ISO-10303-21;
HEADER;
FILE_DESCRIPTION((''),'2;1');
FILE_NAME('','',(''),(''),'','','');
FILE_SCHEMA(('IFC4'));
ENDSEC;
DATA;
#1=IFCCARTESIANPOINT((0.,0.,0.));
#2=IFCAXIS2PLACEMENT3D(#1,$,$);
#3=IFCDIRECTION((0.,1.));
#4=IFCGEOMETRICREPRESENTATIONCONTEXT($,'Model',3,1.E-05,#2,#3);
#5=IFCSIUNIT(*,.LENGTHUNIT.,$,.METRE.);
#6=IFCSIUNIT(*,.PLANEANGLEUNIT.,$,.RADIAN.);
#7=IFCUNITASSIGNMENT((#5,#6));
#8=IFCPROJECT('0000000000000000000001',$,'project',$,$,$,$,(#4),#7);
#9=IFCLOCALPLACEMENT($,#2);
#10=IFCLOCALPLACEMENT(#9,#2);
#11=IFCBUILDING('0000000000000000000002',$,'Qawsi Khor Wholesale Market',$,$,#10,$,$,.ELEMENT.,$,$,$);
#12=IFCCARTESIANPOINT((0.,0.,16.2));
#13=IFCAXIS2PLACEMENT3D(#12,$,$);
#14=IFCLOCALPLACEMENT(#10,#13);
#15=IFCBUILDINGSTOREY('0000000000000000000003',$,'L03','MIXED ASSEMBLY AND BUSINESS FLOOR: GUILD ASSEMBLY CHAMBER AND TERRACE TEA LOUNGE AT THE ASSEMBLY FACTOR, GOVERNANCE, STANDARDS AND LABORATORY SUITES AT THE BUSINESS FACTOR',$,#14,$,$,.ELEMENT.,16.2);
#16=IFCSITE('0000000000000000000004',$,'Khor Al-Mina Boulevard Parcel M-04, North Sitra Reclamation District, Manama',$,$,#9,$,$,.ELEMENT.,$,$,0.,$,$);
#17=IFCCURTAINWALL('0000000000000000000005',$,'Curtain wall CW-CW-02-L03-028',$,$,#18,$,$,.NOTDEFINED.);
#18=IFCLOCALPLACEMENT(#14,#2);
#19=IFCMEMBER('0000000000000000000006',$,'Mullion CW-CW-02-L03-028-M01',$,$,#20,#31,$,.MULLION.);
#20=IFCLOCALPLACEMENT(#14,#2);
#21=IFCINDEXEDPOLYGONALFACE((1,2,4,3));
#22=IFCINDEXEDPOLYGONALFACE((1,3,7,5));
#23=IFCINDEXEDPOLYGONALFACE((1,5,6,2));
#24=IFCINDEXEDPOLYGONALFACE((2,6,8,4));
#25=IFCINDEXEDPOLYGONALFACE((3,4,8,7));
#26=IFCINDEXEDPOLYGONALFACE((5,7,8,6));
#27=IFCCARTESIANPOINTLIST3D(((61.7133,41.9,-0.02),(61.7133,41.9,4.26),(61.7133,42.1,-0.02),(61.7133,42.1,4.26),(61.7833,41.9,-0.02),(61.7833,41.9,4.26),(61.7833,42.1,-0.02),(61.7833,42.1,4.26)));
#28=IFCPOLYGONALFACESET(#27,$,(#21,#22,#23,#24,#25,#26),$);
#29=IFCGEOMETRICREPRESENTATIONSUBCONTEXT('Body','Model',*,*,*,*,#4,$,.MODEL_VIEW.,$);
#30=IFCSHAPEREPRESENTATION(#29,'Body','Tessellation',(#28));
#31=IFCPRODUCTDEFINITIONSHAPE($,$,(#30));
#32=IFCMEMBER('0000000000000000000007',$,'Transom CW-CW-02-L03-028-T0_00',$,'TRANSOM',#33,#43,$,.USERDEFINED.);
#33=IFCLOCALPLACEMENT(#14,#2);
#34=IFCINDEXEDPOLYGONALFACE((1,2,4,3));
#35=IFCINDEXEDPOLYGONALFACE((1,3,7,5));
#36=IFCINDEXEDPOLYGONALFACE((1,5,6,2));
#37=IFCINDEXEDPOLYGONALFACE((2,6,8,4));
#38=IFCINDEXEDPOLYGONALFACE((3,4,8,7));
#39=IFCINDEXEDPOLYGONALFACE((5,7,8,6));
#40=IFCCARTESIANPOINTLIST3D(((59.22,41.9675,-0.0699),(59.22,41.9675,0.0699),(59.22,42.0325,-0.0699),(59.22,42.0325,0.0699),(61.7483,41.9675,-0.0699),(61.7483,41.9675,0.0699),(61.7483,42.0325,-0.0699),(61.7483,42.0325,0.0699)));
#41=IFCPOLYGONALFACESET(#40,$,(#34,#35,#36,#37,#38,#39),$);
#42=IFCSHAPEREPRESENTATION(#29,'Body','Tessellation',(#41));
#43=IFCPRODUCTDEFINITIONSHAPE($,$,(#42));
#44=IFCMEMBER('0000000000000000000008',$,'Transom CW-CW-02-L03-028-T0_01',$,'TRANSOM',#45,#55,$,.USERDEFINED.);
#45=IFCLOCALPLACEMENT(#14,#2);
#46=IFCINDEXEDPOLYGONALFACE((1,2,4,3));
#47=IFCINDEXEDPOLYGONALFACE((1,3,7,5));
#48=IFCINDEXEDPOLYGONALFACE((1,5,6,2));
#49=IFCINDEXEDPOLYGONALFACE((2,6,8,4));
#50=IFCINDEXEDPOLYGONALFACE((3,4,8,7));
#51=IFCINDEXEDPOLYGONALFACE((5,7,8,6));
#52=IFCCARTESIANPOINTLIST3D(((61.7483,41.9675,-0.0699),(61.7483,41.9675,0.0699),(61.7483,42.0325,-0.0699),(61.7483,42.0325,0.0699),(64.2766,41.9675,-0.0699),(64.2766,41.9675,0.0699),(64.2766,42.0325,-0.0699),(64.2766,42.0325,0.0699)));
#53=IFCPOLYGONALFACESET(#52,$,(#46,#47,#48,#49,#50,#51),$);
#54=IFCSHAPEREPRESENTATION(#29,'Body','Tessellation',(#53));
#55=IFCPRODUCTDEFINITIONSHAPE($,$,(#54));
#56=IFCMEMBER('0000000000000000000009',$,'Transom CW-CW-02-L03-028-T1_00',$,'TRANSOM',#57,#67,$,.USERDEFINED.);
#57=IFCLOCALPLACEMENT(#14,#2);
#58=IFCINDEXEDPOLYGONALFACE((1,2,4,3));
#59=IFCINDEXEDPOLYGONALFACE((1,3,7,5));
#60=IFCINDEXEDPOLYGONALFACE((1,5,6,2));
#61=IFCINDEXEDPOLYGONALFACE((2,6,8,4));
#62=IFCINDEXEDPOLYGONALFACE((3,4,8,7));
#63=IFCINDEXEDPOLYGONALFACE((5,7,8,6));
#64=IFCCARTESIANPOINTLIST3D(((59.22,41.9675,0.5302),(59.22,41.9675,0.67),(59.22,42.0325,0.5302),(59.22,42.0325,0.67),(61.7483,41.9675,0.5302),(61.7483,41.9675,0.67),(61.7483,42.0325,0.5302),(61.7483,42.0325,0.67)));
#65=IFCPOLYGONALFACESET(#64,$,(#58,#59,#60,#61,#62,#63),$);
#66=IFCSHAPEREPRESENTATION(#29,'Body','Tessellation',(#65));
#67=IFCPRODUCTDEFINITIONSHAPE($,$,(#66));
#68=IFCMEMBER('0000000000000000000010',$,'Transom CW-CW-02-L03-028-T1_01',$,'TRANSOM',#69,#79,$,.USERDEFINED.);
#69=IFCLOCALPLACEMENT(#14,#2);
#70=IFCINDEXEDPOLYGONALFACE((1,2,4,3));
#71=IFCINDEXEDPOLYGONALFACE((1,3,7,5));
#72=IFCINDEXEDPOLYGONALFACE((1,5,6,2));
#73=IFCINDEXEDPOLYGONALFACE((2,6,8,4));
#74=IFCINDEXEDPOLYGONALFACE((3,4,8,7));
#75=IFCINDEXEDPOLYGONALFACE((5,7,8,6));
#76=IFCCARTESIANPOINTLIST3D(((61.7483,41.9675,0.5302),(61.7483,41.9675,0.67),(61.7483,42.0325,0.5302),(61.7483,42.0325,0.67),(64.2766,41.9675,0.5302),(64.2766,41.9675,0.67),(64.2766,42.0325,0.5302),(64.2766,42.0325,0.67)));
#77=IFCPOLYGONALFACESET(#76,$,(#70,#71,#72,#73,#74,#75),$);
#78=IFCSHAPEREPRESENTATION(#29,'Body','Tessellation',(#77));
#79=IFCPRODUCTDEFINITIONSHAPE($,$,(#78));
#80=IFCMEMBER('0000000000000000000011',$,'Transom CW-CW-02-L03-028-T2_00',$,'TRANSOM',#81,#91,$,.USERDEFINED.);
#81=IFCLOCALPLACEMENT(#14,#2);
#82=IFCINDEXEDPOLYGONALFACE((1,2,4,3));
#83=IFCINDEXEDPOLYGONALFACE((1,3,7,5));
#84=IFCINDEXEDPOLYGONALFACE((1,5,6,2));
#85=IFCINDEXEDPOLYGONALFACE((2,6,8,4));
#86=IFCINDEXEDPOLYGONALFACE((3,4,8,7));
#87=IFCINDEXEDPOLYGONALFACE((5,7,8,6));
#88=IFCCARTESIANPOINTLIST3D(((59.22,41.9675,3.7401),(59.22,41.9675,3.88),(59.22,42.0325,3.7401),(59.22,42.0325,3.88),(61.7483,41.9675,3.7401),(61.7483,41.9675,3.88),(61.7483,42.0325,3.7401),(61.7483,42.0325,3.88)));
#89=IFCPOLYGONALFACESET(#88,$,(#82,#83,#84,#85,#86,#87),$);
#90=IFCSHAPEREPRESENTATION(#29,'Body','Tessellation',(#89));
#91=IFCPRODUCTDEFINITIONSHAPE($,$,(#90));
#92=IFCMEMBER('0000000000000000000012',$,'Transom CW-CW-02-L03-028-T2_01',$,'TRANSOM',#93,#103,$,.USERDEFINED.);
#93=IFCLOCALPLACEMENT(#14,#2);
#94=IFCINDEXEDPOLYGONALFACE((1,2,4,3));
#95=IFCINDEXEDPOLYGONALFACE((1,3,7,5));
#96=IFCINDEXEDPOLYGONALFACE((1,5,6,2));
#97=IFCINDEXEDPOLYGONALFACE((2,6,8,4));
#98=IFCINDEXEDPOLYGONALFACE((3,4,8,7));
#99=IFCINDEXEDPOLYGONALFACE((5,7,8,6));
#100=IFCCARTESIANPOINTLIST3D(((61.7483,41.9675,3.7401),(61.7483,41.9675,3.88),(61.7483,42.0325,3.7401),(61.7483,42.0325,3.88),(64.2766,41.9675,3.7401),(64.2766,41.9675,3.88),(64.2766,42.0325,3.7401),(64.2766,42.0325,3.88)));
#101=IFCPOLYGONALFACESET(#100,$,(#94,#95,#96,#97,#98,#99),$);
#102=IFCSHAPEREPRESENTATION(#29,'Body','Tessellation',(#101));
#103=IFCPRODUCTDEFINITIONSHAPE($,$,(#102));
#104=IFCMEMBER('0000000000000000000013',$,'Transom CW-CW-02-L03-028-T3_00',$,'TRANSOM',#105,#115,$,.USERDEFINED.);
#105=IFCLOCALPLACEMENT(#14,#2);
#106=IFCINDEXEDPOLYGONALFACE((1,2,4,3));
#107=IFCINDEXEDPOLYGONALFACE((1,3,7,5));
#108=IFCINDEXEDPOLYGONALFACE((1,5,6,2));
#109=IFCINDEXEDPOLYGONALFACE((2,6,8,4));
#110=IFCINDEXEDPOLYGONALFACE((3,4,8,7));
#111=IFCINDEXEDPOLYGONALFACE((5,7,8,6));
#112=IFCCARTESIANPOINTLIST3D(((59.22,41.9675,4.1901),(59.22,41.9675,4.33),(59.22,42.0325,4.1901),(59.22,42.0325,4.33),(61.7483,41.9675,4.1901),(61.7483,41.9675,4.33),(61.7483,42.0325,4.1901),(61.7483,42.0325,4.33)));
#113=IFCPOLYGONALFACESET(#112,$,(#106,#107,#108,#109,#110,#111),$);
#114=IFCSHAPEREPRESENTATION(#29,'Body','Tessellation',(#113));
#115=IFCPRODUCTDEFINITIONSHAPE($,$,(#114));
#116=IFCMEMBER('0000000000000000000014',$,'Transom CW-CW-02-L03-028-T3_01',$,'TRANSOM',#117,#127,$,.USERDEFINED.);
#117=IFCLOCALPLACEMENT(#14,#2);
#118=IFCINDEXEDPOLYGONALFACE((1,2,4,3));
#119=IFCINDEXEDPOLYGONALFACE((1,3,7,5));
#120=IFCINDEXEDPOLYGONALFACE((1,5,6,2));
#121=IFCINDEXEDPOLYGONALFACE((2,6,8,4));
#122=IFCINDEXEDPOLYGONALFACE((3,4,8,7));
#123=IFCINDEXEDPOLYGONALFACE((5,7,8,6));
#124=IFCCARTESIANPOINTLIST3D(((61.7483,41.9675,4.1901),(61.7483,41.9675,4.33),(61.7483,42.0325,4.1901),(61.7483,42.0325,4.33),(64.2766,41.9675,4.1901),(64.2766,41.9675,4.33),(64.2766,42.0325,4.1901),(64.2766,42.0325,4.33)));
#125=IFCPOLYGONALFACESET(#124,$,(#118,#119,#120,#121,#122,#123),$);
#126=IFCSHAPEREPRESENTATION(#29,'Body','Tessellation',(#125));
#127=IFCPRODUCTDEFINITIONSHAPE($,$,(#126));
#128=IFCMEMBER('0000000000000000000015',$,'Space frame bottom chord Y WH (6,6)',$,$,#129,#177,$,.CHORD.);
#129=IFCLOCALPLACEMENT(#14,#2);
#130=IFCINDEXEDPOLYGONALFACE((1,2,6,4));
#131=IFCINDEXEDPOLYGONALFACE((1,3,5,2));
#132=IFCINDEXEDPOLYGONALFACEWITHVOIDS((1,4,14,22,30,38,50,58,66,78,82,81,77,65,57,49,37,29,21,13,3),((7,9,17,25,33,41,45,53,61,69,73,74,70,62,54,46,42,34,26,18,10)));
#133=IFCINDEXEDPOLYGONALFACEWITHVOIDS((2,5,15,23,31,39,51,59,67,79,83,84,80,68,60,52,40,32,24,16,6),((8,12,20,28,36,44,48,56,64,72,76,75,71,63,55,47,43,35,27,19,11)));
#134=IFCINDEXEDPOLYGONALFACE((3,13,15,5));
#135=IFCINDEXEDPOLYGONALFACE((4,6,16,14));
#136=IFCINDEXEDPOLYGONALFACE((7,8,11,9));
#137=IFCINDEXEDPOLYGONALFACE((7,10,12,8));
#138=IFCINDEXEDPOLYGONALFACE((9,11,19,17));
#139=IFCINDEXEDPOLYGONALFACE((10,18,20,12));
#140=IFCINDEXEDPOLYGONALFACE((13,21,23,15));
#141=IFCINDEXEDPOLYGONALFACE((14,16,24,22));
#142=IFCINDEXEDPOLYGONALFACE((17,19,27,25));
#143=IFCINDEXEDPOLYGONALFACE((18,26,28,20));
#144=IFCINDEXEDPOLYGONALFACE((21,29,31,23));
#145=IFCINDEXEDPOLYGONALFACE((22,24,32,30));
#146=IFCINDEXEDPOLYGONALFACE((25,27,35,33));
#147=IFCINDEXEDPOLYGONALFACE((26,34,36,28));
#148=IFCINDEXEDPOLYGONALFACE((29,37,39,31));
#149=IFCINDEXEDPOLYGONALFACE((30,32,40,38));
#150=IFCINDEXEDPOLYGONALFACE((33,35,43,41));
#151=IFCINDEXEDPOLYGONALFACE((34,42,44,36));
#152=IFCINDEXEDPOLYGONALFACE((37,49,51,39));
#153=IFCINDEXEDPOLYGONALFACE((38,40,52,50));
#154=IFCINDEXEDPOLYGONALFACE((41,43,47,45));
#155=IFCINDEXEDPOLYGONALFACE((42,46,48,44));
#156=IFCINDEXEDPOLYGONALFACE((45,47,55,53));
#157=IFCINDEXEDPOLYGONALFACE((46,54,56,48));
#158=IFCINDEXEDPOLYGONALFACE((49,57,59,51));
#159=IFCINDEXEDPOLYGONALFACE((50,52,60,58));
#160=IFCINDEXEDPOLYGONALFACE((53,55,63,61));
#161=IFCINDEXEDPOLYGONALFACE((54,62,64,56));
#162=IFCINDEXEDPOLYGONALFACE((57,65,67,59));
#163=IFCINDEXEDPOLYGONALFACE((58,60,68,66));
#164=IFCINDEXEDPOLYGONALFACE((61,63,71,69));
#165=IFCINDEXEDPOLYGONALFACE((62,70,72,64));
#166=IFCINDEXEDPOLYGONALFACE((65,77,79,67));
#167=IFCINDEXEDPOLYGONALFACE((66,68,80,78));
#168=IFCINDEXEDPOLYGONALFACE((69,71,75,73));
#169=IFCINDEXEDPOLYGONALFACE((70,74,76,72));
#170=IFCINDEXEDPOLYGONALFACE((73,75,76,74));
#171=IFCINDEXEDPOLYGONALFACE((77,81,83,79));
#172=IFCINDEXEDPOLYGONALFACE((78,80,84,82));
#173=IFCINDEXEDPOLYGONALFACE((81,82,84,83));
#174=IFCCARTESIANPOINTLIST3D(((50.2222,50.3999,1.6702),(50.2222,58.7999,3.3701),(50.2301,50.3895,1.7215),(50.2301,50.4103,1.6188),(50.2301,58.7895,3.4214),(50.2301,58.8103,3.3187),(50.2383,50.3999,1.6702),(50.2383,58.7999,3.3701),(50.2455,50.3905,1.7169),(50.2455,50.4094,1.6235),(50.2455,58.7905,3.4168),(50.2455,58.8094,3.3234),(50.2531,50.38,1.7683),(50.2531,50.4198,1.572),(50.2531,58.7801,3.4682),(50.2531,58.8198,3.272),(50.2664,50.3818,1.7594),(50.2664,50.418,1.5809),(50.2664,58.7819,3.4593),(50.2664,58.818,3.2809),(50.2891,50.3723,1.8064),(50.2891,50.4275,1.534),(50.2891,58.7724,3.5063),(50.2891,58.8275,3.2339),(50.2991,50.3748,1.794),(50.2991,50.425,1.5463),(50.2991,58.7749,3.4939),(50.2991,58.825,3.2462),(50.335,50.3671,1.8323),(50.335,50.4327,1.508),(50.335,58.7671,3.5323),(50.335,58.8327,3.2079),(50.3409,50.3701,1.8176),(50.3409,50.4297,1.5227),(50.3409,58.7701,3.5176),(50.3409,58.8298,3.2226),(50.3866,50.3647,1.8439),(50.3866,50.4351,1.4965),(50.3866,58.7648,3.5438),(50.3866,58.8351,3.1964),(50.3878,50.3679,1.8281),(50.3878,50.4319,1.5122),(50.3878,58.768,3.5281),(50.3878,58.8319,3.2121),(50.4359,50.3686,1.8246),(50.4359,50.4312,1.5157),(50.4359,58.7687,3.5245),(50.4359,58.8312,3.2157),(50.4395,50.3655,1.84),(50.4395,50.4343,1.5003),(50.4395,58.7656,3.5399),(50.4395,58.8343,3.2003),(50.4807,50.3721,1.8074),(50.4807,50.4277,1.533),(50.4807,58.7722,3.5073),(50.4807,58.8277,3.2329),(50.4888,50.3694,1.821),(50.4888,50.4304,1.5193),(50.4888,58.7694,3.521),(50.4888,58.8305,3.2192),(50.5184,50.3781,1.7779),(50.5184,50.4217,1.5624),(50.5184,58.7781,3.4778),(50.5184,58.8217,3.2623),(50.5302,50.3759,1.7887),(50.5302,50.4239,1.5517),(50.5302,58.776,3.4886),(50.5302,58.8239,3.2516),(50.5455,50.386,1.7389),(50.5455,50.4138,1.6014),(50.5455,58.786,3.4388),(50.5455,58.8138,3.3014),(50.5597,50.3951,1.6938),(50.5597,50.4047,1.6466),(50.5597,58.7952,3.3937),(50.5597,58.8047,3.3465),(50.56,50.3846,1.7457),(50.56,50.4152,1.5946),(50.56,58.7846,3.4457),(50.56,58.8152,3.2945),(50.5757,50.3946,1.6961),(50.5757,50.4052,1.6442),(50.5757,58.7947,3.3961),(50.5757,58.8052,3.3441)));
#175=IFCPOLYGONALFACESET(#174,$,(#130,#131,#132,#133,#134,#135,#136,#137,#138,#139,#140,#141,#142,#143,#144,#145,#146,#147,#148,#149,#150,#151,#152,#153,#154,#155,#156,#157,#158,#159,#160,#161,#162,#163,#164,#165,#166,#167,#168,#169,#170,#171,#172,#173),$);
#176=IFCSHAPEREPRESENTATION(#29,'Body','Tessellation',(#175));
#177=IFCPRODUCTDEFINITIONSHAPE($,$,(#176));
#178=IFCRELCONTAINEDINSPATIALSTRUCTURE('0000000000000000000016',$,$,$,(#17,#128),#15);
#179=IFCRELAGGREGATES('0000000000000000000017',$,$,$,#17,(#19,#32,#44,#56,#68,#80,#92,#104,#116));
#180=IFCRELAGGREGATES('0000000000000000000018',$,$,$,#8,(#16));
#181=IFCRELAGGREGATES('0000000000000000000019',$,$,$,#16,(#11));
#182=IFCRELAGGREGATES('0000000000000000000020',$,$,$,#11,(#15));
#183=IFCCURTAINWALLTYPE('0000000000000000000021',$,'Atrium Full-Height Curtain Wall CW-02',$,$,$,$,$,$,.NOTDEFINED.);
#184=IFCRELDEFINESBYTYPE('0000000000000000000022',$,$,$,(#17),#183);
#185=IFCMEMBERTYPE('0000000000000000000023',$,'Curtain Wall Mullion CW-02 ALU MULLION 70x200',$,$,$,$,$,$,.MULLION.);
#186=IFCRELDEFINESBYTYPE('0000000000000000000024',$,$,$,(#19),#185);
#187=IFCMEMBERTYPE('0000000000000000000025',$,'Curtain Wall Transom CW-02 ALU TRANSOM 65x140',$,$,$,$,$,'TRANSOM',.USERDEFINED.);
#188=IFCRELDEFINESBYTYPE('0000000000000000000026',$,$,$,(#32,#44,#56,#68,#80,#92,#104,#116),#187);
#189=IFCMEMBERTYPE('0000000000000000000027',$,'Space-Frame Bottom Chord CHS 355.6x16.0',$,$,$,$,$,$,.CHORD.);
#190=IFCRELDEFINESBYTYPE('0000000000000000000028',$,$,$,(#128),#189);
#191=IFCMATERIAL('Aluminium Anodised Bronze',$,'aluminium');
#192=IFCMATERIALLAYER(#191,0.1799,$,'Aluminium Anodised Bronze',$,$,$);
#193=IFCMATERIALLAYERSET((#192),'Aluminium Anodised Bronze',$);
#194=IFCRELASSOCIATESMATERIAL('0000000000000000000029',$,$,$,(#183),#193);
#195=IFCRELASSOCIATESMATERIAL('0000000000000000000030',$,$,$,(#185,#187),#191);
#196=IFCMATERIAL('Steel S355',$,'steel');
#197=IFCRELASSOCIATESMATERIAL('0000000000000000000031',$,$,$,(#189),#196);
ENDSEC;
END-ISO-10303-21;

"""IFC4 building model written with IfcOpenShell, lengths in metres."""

from ifc_helpers import new_model, si_unit, direction, frame, origin, origin_2d, place, context, subcontext, project, spatial, rectangle, hollow_circle, extrude, material, layer, layer_set, material_profile, profile_set, type_object, element, aggregate, save


model = new_model("IFC4")

# Units and contexts
model_context = context("Model", 3, precision=1e-05, world=origin(), true_north=direction((0.0, 1.0)))
body_context = subcontext(model_context, "Body", "Model", "MODEL_VIEW")
ifc_project = project(units=[si_unit("LENGTHUNIT", "METRE"), si_unit("PLANEANGLEUNIT", "RADIAN")], contexts=[model_context])

# Site, building, storey
site_placement = place(None, origin())
site = spatial("IfcSite", under=ifc_project, at=site_placement, Name="Khor Al-Mina Boulevard Parcel M-04, North Sitra Reclamation District, Manama", CompositionType="ELEMENT", RefElevation=0.0)
building_placement = place(site_placement, origin())
building = spatial("IfcBuilding", under=site, at=building_placement, Name="Qawsi Khor Wholesale Market", CompositionType="ELEMENT")
storey_placement = place(building_placement, frame((0.0, 0.0, 16.2)))
storey = spatial("IfcBuildingStorey", under=building, at=storey_placement, Name="L03", Description="MIXED ASSEMBLY AND BUSINESS FLOOR: GUILD ASSEMBLY CHAMBER AND TERRACE TEA LOUNGE AT THE ASSEMBLY FACTOR, GOVERNANCE, STANDARDS AND LABORATORY SUITES AT THE BUSINESS FACTOR", CompositionType="ELEMENT", Elevation=16.2)

# Curtain wall, members
ifc_material_1 = material(Name="Aluminium Anodised Bronze", Category="aluminium")
ifc_layer_1 = layer(ifc_material_1, 0.1799, Name="Aluminium Anodised Bronze")
ifc_layer_set_1 = layer_set([ifc_layer_1], Name="Aluminium Anodised Bronze")
curtain_wall_type = type_object("IfcCurtainWallType", Name="Atrium Full-Height Curtain Wall CW-02", PredefinedType="NOTDEFINED", material=ifc_layer_set_1)
curtain_wall_placement = place(storey_placement, origin())
curtain_wall = element("IfcCurtainWall", 1, at=curtain_wall_placement, inside=storey, type_object=curtain_wall_type, Name="Curtain wall CW-CW-02-L03-028", PredefinedType="NOTDEFINED")
ifc_material_profile_1 = material_profile(ifc_material_1, rectangle(XDim=0.0701, YDim=0.2, at=origin_2d()), Name="ALU MULLION 70x200")
ifc_profile_set_1 = profile_set([ifc_material_profile_1], Name="Aluminium Anodised Bronze")
member_type_1 = type_object("IfcMemberType", Name="Curtain Wall Mullion CW-02 ALU MULLION 70x200", PredefinedType="MULLION", material=ifc_profile_set_1)
member_1_placement = place(storey_placement, frame((61.7483, 42.0, -0.02), z_axis=(0.0, 0.0, 1.0), x_axis=(1.0, 0.0, 0.0)))
member_1 = element("IfcMember", 2, at=member_1_placement, type_object=member_type_1, Name="Mullion CW-CW-02-L03-028-M01", PredefinedType="MULLION", context=body_context, shape_type="SweptSolid", body=[
    extrude(rectangle(XDim=0.0701, YDim=0.2, at=origin_2d()), origin(), (0.0, 0.0, 1.0), 4.28),
])
ifc_material_profile_2 = material_profile(ifc_material_1, rectangle(XDim=0.0649, YDim=0.1399, at=origin_2d()), Name="ALU TRANSOM 65x140")
ifc_profile_set_2 = profile_set([ifc_material_profile_2], Name="Aluminium Anodised Bronze")
member_type_2 = type_object("IfcMemberType", Name="Curtain Wall Transom CW-02 ALU TRANSOM 65x140", ElementType="TRANSOM", PredefinedType="USERDEFINED", material=ifc_profile_set_2)
member_2_placement = place(storey_placement, frame((59.22, 42.0, 0.0), z_axis=(1.0, 0.0, 0.0), x_axis=(0.0, 1.0, 0.0)))
member_2 = element("IfcMember", 3, at=member_2_placement, type_object=member_type_2, Name="Transom CW-CW-02-L03-028-T0_00", ObjectType="TRANSOM", PredefinedType="USERDEFINED", context=body_context, shape_type="SweptSolid", body=[
    extrude(rectangle(XDim=0.0649, YDim=0.1399, at=origin_2d()), origin(), (0.0, 0.0, 1.0), 2.5283),
])
member_3_placement = place(storey_placement, frame((61.7483, 42.0, 0.0), z_axis=(1.0, 0.0, 0.0), x_axis=(0.0, 1.0, 0.0)))
member_3 = element("IfcMember", 4, at=member_3_placement, type_object=member_type_2, Name="Transom CW-CW-02-L03-028-T0_01", ObjectType="TRANSOM", PredefinedType="USERDEFINED", context=body_context, shape_type="SweptSolid", body=[
    extrude(rectangle(XDim=0.0649, YDim=0.1399, at=origin_2d()), origin(), (0.0, 0.0, 1.0), 2.5283),
])
member_4_placement = place(storey_placement, frame((59.22, 42.0, 0.6001), z_axis=(1.0, 0.0, 0.0), x_axis=(0.0, 1.0, 0.0)))
member_4 = element("IfcMember", 5, at=member_4_placement, type_object=member_type_2, Name="Transom CW-CW-02-L03-028-T1_00", ObjectType="TRANSOM", PredefinedType="USERDEFINED", context=body_context, shape_type="SweptSolid", body=[
    extrude(rectangle(XDim=0.0649, YDim=0.1399, at=origin_2d()), origin(), (0.0, 0.0, 1.0), 2.5283),
])
member_5_placement = place(storey_placement, frame((61.7483, 42.0, 0.6001), z_axis=(1.0, 0.0, 0.0), x_axis=(0.0, 1.0, 0.0)))
member_5 = element("IfcMember", 6, at=member_5_placement, type_object=member_type_2, Name="Transom CW-CW-02-L03-028-T1_01", ObjectType="TRANSOM", PredefinedType="USERDEFINED", context=body_context, shape_type="SweptSolid", body=[
    extrude(rectangle(XDim=0.0649, YDim=0.1399, at=origin_2d()), origin(), (0.0, 0.0, 1.0), 2.5283),
])
member_6_placement = place(storey_placement, frame((59.22, 42.0, 3.8101), z_axis=(1.0, 0.0, 0.0), x_axis=(0.0, 1.0, 0.0)))
member_6 = element("IfcMember", 7, at=member_6_placement, type_object=member_type_2, Name="Transom CW-CW-02-L03-028-T2_00", ObjectType="TRANSOM", PredefinedType="USERDEFINED", context=body_context, shape_type="SweptSolid", body=[
    extrude(rectangle(XDim=0.0649, YDim=0.1399, at=origin_2d()), origin(), (0.0, 0.0, 1.0), 2.5283),
])
member_7_placement = place(storey_placement, frame((61.7483, 42.0, 3.8101), z_axis=(1.0, 0.0, 0.0), x_axis=(0.0, 1.0, 0.0)))
member_7 = element("IfcMember", 8, at=member_7_placement, type_object=member_type_2, Name="Transom CW-CW-02-L03-028-T2_01", ObjectType="TRANSOM", PredefinedType="USERDEFINED", context=body_context, shape_type="SweptSolid", body=[
    extrude(rectangle(XDim=0.0649, YDim=0.1399, at=origin_2d()), origin(), (0.0, 0.0, 1.0), 2.5283),
])
member_8_placement = place(storey_placement, frame((59.22, 42.0, 4.26), z_axis=(1.0, 0.0, 0.0), x_axis=(0.0, 1.0, 0.0)))
member_8 = element("IfcMember", 9, at=member_8_placement, type_object=member_type_2, Name="Transom CW-CW-02-L03-028-T3_00", ObjectType="TRANSOM", PredefinedType="USERDEFINED", context=body_context, shape_type="SweptSolid", body=[
    extrude(rectangle(XDim=0.0649, YDim=0.1399, at=origin_2d()), origin(), (0.0, 0.0, 1.0), 2.5283),
])
member_9_placement = place(storey_placement, frame((61.7483, 42.0, 4.26), z_axis=(1.0, 0.0, 0.0), x_axis=(0.0, 1.0, 0.0)))
member_9 = element("IfcMember", 10, at=member_9_placement, type_object=member_type_2, Name="Transom CW-CW-02-L03-028-T3_01", ObjectType="TRANSOM", PredefinedType="USERDEFINED", context=body_context, shape_type="SweptSolid", body=[
    extrude(rectangle(XDim=0.0649, YDim=0.1399, at=origin_2d()), origin(), (0.0, 0.0, 1.0), 2.5283),
])

# Member
ifc_material_2 = material(Name="Steel S355", Category="steel")
ifc_material_profile_3 = material_profile(ifc_material_2, hollow_circle(Radius=0.1777, WallThickness=0.0161, at=origin_2d()), Name="CHS 355.6x16.0")
ifc_profile_set_3 = profile_set([ifc_material_profile_3], Name="Steel S355")
member_type_3 = type_object("IfcMemberType", Name="Space-Frame Bottom Chord CHS 355.6x16.0", PredefinedType="CHORD", material=ifc_profile_set_3)
for number, where, z_axis, x_axis, name in (
    (11, (50.3999, 50.3999, 1.6702), (0.0, 0.980131, 0.198351), (-1.0, 0.0, 0.0), "Space frame bottom chord Y WH (6,6)"),
):
    element("IfcMember", number, at=place(storey_placement, frame(where, z_axis=z_axis, x_axis=x_axis)), inside=storey, type_object=member_type_3, Name=name, PredefinedType="CHORD", context=body_context, shape_type="SweptSolid", body=[
        extrude(hollow_circle(Radius=0.1777, WallThickness=0.0161, at=origin_2d()), origin(), (0.0, 0.0, 1.0), 8.5703),
    ])

aggregate(curtain_wall, [member_1, member_2, member_3, member_4, member_5, member_6, member_7, member_8, member_9])

save(model, "model.ifc")
